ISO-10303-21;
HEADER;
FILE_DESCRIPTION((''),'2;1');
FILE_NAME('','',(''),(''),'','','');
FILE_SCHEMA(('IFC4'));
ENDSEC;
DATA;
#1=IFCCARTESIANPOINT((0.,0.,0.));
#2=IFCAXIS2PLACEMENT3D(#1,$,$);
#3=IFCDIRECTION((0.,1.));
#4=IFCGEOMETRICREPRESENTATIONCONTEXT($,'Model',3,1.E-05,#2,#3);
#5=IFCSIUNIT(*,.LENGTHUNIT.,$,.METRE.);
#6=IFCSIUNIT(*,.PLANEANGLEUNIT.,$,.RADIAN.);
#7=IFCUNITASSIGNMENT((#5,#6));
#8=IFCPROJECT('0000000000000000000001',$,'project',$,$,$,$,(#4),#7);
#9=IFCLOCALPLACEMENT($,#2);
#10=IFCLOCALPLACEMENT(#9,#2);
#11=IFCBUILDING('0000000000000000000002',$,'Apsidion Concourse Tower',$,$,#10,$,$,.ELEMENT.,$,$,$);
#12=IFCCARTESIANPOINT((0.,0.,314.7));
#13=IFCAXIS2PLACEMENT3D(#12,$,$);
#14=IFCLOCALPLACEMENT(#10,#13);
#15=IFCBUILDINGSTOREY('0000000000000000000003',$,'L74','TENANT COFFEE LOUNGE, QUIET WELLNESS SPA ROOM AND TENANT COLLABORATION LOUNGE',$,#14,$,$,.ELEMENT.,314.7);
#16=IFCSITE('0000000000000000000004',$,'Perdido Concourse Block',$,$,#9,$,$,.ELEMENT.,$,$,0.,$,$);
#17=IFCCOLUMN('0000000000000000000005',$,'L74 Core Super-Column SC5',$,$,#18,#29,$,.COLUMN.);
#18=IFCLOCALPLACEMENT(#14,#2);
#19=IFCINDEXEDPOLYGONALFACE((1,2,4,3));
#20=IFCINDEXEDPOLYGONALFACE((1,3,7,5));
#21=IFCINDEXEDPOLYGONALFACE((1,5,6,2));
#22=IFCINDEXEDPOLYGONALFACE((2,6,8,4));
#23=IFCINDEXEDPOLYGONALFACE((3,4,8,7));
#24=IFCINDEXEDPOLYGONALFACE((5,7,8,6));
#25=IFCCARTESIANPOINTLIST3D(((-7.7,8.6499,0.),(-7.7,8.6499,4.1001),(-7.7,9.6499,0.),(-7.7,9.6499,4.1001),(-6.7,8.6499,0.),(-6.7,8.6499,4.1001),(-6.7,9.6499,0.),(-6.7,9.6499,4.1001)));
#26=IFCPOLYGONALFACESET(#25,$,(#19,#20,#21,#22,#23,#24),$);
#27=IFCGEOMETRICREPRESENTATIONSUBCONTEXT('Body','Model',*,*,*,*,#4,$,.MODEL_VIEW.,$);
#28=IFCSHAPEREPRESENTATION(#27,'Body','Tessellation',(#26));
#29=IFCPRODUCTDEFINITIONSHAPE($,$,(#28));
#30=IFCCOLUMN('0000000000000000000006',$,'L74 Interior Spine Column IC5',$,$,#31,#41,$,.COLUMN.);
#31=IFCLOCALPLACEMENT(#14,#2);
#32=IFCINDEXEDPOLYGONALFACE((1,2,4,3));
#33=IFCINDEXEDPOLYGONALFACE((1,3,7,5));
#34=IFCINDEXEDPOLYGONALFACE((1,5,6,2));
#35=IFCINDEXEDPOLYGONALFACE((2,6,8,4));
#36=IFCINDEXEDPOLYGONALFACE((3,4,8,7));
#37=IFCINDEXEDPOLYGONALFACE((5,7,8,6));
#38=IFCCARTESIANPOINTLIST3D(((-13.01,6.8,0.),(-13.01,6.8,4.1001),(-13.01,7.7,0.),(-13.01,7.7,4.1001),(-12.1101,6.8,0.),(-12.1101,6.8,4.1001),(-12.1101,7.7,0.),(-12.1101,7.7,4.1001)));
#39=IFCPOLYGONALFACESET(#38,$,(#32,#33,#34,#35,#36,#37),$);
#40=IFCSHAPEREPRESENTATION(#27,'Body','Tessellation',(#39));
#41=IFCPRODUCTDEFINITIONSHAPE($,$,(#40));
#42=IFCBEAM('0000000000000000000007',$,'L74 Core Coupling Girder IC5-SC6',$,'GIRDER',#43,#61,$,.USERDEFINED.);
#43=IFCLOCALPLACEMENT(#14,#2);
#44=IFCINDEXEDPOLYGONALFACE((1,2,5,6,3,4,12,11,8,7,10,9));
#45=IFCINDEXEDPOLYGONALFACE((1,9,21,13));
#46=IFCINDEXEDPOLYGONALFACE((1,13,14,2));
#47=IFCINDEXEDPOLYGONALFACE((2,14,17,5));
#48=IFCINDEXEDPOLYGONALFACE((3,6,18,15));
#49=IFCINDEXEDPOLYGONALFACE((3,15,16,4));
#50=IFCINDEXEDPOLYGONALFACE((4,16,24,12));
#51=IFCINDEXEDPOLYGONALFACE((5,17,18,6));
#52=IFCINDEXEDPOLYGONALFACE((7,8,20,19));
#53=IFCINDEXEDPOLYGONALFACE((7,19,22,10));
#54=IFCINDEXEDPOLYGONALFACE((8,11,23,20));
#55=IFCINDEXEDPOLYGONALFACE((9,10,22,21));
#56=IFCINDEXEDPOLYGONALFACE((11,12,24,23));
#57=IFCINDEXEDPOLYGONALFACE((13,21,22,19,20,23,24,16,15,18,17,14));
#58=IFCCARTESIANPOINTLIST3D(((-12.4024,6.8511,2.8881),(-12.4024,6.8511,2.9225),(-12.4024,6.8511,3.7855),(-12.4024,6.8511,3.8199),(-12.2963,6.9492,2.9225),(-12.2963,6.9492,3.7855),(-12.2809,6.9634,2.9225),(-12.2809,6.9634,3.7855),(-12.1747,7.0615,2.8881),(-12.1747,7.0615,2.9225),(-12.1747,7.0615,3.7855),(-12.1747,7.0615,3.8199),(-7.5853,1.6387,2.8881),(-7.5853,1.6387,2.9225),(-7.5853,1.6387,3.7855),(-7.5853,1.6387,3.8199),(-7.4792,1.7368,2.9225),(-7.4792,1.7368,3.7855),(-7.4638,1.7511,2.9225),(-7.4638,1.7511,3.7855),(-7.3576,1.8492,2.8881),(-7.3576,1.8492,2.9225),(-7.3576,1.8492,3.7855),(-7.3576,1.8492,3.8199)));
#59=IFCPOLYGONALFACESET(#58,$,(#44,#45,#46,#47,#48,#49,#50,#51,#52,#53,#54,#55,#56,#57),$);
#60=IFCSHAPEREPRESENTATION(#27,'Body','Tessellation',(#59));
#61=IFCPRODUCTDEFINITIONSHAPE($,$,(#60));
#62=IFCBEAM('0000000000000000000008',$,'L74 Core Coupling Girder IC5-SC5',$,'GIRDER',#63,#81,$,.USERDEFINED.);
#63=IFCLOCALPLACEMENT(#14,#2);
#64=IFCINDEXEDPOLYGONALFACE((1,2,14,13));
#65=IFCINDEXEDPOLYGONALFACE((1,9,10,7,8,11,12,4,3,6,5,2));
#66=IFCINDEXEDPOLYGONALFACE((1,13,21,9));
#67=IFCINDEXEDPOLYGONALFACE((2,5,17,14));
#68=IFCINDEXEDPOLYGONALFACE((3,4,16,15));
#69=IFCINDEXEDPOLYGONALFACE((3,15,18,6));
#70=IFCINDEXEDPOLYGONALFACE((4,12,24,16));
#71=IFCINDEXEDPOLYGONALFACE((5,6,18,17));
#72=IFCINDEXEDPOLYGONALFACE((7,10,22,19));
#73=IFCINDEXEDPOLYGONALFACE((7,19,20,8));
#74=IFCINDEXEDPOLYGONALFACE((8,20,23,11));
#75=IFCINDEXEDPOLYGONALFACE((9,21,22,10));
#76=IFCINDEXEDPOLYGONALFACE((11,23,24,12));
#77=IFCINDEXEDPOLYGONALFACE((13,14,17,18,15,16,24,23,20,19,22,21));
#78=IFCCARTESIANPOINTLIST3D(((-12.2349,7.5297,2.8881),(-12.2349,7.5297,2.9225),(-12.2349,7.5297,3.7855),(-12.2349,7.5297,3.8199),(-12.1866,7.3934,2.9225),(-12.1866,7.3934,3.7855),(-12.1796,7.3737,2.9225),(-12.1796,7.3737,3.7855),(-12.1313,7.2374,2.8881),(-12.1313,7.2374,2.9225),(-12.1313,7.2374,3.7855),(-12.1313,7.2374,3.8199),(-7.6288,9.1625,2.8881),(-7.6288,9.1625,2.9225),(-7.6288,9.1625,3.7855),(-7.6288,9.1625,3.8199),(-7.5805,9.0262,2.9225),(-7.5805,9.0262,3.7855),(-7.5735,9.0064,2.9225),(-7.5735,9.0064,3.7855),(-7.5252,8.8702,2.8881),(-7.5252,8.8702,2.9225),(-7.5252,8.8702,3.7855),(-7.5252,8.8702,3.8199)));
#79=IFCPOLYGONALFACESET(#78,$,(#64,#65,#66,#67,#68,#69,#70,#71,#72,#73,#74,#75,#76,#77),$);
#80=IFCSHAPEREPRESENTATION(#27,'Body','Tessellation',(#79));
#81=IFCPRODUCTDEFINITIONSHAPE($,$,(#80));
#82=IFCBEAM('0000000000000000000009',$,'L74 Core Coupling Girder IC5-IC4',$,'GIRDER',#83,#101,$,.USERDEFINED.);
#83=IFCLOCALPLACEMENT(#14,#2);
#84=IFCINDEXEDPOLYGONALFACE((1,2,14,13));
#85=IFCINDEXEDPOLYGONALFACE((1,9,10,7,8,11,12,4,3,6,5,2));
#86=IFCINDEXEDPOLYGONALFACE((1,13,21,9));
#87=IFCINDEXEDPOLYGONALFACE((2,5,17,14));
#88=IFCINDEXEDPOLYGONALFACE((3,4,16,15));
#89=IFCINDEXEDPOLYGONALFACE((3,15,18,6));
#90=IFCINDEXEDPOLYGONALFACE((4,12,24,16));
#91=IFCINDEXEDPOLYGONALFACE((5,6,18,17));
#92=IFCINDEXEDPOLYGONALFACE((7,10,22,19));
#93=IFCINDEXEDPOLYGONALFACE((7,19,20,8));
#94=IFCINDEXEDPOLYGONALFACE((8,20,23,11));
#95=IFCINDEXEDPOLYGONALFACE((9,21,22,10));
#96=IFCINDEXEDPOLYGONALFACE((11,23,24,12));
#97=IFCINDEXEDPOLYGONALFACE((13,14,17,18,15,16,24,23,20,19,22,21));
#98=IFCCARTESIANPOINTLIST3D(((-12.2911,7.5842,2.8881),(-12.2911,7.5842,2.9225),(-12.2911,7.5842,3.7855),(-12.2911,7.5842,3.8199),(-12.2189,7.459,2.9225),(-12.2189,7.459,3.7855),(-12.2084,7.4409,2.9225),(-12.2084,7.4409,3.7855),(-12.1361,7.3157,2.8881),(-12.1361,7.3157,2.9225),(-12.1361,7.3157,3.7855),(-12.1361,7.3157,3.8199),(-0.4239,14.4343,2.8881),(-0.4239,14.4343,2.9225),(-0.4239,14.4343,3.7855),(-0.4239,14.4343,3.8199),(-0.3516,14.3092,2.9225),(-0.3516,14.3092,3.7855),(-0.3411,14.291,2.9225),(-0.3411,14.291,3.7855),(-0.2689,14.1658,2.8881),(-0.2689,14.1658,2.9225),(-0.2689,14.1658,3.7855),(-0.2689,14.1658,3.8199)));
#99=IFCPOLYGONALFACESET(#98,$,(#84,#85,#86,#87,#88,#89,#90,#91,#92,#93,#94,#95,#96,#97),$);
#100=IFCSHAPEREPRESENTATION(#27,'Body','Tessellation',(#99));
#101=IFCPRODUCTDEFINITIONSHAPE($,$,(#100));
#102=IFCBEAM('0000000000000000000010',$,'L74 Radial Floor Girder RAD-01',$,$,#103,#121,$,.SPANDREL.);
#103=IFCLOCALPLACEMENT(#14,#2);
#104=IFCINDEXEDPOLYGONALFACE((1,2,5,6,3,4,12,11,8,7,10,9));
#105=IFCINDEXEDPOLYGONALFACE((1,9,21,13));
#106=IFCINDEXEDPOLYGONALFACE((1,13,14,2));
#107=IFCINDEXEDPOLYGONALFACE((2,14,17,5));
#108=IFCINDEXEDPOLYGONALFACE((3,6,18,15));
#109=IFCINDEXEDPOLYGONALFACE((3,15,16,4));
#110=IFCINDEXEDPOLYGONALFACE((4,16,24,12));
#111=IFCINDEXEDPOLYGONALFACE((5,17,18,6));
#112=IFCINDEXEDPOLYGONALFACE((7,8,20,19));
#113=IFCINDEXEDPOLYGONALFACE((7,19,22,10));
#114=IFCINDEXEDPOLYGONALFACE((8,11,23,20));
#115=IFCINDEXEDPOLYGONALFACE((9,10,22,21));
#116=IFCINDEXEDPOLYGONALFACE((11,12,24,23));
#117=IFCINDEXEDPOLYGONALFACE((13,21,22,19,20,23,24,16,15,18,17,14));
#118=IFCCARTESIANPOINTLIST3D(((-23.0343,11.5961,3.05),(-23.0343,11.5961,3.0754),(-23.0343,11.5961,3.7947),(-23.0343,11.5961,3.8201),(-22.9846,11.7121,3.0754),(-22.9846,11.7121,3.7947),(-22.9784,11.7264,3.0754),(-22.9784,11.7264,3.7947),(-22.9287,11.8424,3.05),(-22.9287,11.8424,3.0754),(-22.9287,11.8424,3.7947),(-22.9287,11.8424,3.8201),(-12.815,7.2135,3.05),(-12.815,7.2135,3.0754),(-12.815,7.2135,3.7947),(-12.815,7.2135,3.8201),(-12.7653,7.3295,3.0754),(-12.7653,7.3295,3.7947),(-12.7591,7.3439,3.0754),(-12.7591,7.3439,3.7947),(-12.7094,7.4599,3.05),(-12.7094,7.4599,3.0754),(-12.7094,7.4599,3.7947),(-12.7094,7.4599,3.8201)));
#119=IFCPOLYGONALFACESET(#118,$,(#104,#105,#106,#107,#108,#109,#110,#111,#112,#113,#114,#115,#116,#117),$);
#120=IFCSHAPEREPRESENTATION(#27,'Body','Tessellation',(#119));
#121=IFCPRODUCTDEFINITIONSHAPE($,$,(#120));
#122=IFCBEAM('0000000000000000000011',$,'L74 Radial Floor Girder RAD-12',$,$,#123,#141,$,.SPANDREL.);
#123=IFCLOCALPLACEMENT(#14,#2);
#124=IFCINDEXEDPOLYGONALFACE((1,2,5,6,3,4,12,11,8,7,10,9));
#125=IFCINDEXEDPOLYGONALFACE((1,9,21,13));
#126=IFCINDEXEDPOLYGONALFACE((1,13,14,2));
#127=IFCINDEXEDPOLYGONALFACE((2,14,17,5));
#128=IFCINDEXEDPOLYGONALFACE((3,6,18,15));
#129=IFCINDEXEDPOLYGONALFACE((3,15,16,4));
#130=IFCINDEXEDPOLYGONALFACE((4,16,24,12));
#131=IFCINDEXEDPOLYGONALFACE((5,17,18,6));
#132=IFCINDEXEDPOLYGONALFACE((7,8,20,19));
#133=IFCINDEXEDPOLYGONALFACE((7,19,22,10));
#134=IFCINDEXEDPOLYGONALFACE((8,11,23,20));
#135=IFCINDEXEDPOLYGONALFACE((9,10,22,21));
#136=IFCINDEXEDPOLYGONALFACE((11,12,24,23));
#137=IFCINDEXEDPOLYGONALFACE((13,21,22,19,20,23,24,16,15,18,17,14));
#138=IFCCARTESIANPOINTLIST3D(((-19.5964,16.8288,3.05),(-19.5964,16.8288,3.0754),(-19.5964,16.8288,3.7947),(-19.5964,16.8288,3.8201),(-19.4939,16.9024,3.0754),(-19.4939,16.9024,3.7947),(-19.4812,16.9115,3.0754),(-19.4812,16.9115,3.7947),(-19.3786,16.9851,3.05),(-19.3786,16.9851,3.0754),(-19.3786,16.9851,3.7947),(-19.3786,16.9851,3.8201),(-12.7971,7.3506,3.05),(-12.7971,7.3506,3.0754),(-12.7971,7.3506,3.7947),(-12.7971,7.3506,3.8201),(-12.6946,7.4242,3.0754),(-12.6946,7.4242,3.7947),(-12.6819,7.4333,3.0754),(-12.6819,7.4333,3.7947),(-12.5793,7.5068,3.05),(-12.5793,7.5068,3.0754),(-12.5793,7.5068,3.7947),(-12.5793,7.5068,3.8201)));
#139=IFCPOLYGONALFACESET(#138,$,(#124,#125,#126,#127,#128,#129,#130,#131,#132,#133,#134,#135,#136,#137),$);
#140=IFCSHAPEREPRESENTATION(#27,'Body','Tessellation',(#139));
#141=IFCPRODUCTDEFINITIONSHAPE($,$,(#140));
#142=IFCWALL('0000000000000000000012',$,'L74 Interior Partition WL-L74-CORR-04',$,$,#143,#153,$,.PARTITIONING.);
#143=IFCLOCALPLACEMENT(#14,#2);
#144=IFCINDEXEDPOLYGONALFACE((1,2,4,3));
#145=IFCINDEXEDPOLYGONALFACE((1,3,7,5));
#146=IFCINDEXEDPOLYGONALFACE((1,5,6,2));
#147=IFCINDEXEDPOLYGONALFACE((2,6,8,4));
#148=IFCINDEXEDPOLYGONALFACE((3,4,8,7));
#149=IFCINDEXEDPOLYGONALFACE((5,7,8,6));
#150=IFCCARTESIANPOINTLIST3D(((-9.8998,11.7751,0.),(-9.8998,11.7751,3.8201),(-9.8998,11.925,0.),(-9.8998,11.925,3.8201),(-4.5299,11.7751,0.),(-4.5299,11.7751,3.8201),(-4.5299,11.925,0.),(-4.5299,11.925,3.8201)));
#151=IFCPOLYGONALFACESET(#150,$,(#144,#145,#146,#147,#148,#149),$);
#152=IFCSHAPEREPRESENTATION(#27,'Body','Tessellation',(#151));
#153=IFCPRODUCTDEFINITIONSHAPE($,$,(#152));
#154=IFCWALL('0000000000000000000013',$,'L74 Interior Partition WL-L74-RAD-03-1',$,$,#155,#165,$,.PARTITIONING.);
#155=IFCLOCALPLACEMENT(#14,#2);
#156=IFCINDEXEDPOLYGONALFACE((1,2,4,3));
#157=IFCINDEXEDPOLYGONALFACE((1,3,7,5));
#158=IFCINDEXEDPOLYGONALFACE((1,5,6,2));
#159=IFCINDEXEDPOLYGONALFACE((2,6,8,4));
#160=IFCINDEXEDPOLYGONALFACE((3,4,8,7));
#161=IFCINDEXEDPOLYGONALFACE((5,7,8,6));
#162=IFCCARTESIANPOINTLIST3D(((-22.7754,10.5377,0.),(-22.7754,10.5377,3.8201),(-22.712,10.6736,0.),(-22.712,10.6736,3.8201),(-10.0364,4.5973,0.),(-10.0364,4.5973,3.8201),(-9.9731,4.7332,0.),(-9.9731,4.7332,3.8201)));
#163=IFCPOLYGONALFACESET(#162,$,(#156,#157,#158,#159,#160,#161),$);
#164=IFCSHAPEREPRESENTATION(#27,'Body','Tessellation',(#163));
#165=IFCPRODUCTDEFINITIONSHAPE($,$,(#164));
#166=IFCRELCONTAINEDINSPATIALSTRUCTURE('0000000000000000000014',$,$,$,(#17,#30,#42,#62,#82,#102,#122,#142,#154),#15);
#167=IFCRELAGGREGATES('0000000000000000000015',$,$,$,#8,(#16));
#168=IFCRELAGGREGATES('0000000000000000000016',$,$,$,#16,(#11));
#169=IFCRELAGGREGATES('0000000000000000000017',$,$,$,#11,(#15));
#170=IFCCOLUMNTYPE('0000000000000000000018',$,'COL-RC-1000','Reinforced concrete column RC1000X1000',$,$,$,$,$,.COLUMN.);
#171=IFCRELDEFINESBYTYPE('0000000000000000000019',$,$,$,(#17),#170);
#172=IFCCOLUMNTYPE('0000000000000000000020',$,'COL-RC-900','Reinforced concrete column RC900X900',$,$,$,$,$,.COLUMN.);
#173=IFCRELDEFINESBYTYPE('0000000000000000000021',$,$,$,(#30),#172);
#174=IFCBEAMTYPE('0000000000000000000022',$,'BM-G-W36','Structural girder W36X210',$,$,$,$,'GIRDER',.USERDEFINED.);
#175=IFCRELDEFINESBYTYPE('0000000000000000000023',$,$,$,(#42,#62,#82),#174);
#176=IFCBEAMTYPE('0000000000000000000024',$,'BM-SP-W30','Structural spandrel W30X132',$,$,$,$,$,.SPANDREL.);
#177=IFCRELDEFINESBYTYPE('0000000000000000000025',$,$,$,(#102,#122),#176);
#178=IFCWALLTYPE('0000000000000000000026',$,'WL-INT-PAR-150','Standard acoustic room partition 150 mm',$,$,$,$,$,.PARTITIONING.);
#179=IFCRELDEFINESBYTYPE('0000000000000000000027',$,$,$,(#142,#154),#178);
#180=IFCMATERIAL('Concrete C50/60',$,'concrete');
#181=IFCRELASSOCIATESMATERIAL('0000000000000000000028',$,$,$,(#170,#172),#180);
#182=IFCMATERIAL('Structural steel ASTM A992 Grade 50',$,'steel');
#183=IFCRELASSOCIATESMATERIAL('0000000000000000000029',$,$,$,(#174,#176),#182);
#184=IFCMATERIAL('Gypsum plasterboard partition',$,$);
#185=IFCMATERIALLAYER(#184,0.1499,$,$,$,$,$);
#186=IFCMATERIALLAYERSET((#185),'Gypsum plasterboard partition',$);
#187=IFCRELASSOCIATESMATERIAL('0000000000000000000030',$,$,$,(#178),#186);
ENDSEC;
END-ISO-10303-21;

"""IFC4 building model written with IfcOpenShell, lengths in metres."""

from ifc_helpers import new_model, si_unit, direction, frame, frame_2d, origin, origin_2d, place, context, subcontext, project, spatial, rectangle, i_section, extrude, material, layer, layer_set, material_profile, profile_set, type_object, element, save


model = new_model("IFC4")

# Units and contexts
model_context = context("Model", 3, precision=1e-05, world=origin(), true_north=direction((0.0, 1.0)))
body_context = subcontext(model_context, "Body", "Model", "MODEL_VIEW")
ifc_project = project(units=[si_unit("LENGTHUNIT", "METRE"), si_unit("PLANEANGLEUNIT", "RADIAN")], contexts=[model_context])

# Site, building, storey
site_placement = place(None, origin())
site = spatial("IfcSite", under=ifc_project, at=site_placement, Name="Perdido Concourse Block", CompositionType="ELEMENT", RefElevation=0.0)
building_placement = place(site_placement, origin())
building = spatial("IfcBuilding", under=site, at=building_placement, Name="Apsidion Concourse Tower", CompositionType="ELEMENT")
storey_placement = place(building_placement, frame((0.0, 0.0, 314.7)))
storey = spatial("IfcBuildingStorey", under=building, at=storey_placement, Name="L74", Description="TENANT COFFEE LOUNGE, QUIET WELLNESS SPA ROOM AND TENANT COLLABORATION LOUNGE", CompositionType="ELEMENT", Elevation=314.7)

# Columns
ifc_material_1 = material(Name="Concrete C50/60", Category="concrete")
ifc_material_profile_1 = material_profile(ifc_material_1, rectangle(XDim=1.0, YDim=1.0, at=origin_2d()), Name="RC 1000x1000")
ifc_profile_set_1 = profile_set([ifc_material_profile_1], Name="Concrete C50/60")
column_type_1 = type_object("IfcColumnType", Name="COL-RC-1000", Description="Reinforced concrete column RC1000X1000", PredefinedType="COLUMN", material=ifc_profile_set_1)
column_1_placement = place(storey_placement, frame((-7.2, 9.1499, 0.0), z_axis=(0.0, 0.0, 1.0), x_axis=(1.0, 0.0, 0.0)))
element("IfcColumn", 1, at=column_1_placement, inside=storey, type_object=column_type_1, Name="L74 Core Super-Column SC5", PredefinedType="COLUMN", context=body_context, shape_type="SweptSolid", body=[
    extrude(rectangle(XDim=1.0, YDim=1.0, at=origin_2d()), origin(), (0.0, 0.0, 1.0), 4.1001),
])
ifc_material_profile_2 = material_profile(ifc_material_1, rectangle(XDim=0.8999, YDim=0.8999, at=origin_2d()), Name="RC 900x900")
ifc_profile_set_2 = profile_set([ifc_material_profile_2], Name="Concrete C50/60")
column_type_2 = type_object("IfcColumnType", Name="COL-RC-900", Description="Reinforced concrete column RC900X900", PredefinedType="COLUMN", material=ifc_profile_set_2)
column_2_placement = place(storey_placement, frame((-12.5601, 7.25, 0.0), z_axis=(0.0, 0.0, 1.0), x_axis=(1.0, 0.0, 0.0)))
element("IfcColumn", 2, at=column_2_placement, inside=storey, type_object=column_type_2, Name="L74 Interior Spine Column IC5", PredefinedType="COLUMN", context=body_context, shape_type="SweptSolid", body=[
    extrude(rectangle(XDim=0.8999, YDim=0.8999, at=origin_2d()), origin(), (0.0, 0.0, 1.0), 4.1001),
])

# Beams
ifc_material_2 = material(Name="Structural steel ASTM A992 Grade 50", Category="steel")
ifc_material_profile_3 = material_profile(ifc_material_2, i_section(OverallWidth=0.3101, OverallDepth=0.9319, WebThickness=0.021, FlangeThickness=0.0344, at=origin_2d()), Name="W36X210")
ifc_profile_set_3 = profile_set([ifc_material_profile_3], Name="Structural steel ASTM A992 Grade 50")
beam_type_1 = type_object("IfcBeamType", Name="BM-G-W36", Description="Structural girder W36X210", ElementType="GIRDER", PredefinedType="USERDEFINED", material=ifc_profile_set_3)
beam_1_placement = place(storey_placement, frame((-12.2886, 6.9563, 3.354), z_axis=(0.678713, -0.734404, 0.0), x_axis=(0.734404, 0.678713, 0.0)))
element("IfcBeam", 3, at=beam_1_placement, inside=storey, type_object=beam_type_1, Name="L74 Core Coupling Girder IC5-SC6", ObjectType="GIRDER", PredefinedType="USERDEFINED", context=body_context, shape_type="SweptSolid", body=[
    extrude(i_section(OverallWidth=0.3101, OverallDepth=0.9319, WebThickness=0.021, FlangeThickness=0.0344, at=origin_2d()), origin(), (0.0, 0.0, 1.0), 7.0974),
])
beam_2_placement = place(storey_placement, frame((-12.1831, 7.3835, 3.354), z_axis=(0.942534, 0.334111, 0.0), x_axis=(-0.334111, 0.942534, 0.0)))
element("IfcBeam", 4, at=beam_2_placement, inside=storey, type_object=beam_type_1, Name="L74 Core Coupling Girder IC5-SC5", ObjectType="GIRDER", PredefinedType="USERDEFINED", context=body_context, shape_type="SweptSolid", body=[
    extrude(i_section(OverallWidth=0.3101, OverallDepth=0.9319, WebThickness=0.021, FlangeThickness=0.0344, at=origin_2d()), origin(), (0.0, 0.0, 1.0), 4.887),
])
beam_3_placement = place(storey_placement, frame((-12.2136, 7.45, 3.354), z_axis=(0.86607, 0.499922, 0.0), x_axis=(-0.499922, 0.86607, 0.0)))
element("IfcBeam", 5, at=beam_3_placement, inside=storey, type_object=beam_type_1, Name="L74 Core Coupling Girder IC5-IC4", ObjectType="GIRDER", PredefinedType="USERDEFINED", context=body_context, shape_type="SweptSolid", body=[
    extrude(i_section(OverallWidth=0.3101, OverallDepth=0.9319, WebThickness=0.021, FlangeThickness=0.0344, at=origin_2d()), origin(), (0.0, 0.0, 1.0), 13.7024),
])
ifc_material_profile_4 = material_profile(ifc_material_2, i_section(OverallWidth=0.2681, OverallDepth=0.77, WebThickness=0.0156, FlangeThickness=0.0254, at=origin_2d()), Name="W30X132")
ifc_profile_set_4 = profile_set([ifc_material_profile_4], Name="Structural steel ASTM A992 Grade 50")
beam_type_2 = type_object("IfcBeamType", Name="BM-SP-W30", Description="Structural spandrel W30X132", PredefinedType="SPANDREL", material=ifc_profile_set_4)
beam_4_placement = place(storey_placement, frame((-12.7622, 7.3367, 3.4351), z_axis=(-0.919051, 0.394139, 0.0), x_axis=(-0.394139, -0.919051, 0.0)))
element("IfcBeam", 6, at=beam_4_placement, inside=storey, type_object=beam_type_2, Name="L74 Radial Floor Girder RAD-01", PredefinedType="SPANDREL", context=body_context, shape_type="SweptSolid", body=[
    extrude(i_section(OverallWidth=0.2681, OverallDepth=0.77, WebThickness=0.0156, FlangeThickness=0.0254, at=origin_2d()), origin(), (0.0, 0.0, 1.0), 11.1194),
])
beam_5_placement = place(storey_placement, frame((-12.6882, 7.4287, 3.4351), z_axis=(-0.58289, 0.812551, 0.0), x_axis=(-0.812551, -0.58289, 0.0)))
element("IfcBeam", 7, at=beam_5_placement, inside=storey, type_object=beam_type_2, Name="L74 Radial Floor Girder RAD-12", PredefinedType="SPANDREL", context=body_context, shape_type="SweptSolid", body=[
    extrude(i_section(OverallWidth=0.2681, OverallDepth=0.77, WebThickness=0.0156, FlangeThickness=0.0254, at=origin_2d()), origin(), (0.0, 0.0, 1.0), 11.6648),
])

# Walls
ifc_material_3 = material(Name="Gypsum plasterboard partition")
ifc_layer_1 = layer(ifc_material_3, 0.1499)
ifc_layer_set_1 = layer_set([ifc_layer_1], Name="Gypsum plasterboard partition")
wall_type_1 = type_object("IfcWallType", Name="WL-INT-PAR-150", Description="Standard acoustic room partition 150 mm", PredefinedType="PARTITIONING", material=ifc_layer_set_1)
wall_1_placement = place(storey_placement, frame((-9.8999, 11.8501, 0.0), z_axis=(0.0, 0.0, 1.0), x_axis=(1.0, 0.0, 0.0)))
element("IfcWall", 8, at=wall_1_placement, inside=storey, type_object=wall_type_1, Name="L74 Interior Partition WL-L74-CORR-04", PredefinedType="PARTITIONING", context=body_context, shape_type="SweptSolid", body=[
    extrude(rectangle(XDim=5.3699, YDim=0.1499, at=frame_2d((2.6851, 0.0))), origin(), (0.0, 0.0, 1.0), 3.8201),
])
wall_2_placement = place(storey_placement, frame((-10.0049, 4.6653, 0.0), z_axis=(0.0, 0.0, 1.0), x_axis=(-0.906304, 0.422626, 0.0)))
element("IfcWall", 9, at=wall_2_placement, inside=storey, type_object=wall_type_1, Name="L74 Interior Partition WL-L74-RAD-03-1", PredefinedType="PARTITIONING", context=body_context, shape_type="SweptSolid", body=[
    extrude(rectangle(XDim=14.0559, YDim=0.1499, at=frame_2d((7.0278, 0.0))), origin(), (0.0, 0.0, 1.0), 3.8201),
])

save(model, "model.ifc")
